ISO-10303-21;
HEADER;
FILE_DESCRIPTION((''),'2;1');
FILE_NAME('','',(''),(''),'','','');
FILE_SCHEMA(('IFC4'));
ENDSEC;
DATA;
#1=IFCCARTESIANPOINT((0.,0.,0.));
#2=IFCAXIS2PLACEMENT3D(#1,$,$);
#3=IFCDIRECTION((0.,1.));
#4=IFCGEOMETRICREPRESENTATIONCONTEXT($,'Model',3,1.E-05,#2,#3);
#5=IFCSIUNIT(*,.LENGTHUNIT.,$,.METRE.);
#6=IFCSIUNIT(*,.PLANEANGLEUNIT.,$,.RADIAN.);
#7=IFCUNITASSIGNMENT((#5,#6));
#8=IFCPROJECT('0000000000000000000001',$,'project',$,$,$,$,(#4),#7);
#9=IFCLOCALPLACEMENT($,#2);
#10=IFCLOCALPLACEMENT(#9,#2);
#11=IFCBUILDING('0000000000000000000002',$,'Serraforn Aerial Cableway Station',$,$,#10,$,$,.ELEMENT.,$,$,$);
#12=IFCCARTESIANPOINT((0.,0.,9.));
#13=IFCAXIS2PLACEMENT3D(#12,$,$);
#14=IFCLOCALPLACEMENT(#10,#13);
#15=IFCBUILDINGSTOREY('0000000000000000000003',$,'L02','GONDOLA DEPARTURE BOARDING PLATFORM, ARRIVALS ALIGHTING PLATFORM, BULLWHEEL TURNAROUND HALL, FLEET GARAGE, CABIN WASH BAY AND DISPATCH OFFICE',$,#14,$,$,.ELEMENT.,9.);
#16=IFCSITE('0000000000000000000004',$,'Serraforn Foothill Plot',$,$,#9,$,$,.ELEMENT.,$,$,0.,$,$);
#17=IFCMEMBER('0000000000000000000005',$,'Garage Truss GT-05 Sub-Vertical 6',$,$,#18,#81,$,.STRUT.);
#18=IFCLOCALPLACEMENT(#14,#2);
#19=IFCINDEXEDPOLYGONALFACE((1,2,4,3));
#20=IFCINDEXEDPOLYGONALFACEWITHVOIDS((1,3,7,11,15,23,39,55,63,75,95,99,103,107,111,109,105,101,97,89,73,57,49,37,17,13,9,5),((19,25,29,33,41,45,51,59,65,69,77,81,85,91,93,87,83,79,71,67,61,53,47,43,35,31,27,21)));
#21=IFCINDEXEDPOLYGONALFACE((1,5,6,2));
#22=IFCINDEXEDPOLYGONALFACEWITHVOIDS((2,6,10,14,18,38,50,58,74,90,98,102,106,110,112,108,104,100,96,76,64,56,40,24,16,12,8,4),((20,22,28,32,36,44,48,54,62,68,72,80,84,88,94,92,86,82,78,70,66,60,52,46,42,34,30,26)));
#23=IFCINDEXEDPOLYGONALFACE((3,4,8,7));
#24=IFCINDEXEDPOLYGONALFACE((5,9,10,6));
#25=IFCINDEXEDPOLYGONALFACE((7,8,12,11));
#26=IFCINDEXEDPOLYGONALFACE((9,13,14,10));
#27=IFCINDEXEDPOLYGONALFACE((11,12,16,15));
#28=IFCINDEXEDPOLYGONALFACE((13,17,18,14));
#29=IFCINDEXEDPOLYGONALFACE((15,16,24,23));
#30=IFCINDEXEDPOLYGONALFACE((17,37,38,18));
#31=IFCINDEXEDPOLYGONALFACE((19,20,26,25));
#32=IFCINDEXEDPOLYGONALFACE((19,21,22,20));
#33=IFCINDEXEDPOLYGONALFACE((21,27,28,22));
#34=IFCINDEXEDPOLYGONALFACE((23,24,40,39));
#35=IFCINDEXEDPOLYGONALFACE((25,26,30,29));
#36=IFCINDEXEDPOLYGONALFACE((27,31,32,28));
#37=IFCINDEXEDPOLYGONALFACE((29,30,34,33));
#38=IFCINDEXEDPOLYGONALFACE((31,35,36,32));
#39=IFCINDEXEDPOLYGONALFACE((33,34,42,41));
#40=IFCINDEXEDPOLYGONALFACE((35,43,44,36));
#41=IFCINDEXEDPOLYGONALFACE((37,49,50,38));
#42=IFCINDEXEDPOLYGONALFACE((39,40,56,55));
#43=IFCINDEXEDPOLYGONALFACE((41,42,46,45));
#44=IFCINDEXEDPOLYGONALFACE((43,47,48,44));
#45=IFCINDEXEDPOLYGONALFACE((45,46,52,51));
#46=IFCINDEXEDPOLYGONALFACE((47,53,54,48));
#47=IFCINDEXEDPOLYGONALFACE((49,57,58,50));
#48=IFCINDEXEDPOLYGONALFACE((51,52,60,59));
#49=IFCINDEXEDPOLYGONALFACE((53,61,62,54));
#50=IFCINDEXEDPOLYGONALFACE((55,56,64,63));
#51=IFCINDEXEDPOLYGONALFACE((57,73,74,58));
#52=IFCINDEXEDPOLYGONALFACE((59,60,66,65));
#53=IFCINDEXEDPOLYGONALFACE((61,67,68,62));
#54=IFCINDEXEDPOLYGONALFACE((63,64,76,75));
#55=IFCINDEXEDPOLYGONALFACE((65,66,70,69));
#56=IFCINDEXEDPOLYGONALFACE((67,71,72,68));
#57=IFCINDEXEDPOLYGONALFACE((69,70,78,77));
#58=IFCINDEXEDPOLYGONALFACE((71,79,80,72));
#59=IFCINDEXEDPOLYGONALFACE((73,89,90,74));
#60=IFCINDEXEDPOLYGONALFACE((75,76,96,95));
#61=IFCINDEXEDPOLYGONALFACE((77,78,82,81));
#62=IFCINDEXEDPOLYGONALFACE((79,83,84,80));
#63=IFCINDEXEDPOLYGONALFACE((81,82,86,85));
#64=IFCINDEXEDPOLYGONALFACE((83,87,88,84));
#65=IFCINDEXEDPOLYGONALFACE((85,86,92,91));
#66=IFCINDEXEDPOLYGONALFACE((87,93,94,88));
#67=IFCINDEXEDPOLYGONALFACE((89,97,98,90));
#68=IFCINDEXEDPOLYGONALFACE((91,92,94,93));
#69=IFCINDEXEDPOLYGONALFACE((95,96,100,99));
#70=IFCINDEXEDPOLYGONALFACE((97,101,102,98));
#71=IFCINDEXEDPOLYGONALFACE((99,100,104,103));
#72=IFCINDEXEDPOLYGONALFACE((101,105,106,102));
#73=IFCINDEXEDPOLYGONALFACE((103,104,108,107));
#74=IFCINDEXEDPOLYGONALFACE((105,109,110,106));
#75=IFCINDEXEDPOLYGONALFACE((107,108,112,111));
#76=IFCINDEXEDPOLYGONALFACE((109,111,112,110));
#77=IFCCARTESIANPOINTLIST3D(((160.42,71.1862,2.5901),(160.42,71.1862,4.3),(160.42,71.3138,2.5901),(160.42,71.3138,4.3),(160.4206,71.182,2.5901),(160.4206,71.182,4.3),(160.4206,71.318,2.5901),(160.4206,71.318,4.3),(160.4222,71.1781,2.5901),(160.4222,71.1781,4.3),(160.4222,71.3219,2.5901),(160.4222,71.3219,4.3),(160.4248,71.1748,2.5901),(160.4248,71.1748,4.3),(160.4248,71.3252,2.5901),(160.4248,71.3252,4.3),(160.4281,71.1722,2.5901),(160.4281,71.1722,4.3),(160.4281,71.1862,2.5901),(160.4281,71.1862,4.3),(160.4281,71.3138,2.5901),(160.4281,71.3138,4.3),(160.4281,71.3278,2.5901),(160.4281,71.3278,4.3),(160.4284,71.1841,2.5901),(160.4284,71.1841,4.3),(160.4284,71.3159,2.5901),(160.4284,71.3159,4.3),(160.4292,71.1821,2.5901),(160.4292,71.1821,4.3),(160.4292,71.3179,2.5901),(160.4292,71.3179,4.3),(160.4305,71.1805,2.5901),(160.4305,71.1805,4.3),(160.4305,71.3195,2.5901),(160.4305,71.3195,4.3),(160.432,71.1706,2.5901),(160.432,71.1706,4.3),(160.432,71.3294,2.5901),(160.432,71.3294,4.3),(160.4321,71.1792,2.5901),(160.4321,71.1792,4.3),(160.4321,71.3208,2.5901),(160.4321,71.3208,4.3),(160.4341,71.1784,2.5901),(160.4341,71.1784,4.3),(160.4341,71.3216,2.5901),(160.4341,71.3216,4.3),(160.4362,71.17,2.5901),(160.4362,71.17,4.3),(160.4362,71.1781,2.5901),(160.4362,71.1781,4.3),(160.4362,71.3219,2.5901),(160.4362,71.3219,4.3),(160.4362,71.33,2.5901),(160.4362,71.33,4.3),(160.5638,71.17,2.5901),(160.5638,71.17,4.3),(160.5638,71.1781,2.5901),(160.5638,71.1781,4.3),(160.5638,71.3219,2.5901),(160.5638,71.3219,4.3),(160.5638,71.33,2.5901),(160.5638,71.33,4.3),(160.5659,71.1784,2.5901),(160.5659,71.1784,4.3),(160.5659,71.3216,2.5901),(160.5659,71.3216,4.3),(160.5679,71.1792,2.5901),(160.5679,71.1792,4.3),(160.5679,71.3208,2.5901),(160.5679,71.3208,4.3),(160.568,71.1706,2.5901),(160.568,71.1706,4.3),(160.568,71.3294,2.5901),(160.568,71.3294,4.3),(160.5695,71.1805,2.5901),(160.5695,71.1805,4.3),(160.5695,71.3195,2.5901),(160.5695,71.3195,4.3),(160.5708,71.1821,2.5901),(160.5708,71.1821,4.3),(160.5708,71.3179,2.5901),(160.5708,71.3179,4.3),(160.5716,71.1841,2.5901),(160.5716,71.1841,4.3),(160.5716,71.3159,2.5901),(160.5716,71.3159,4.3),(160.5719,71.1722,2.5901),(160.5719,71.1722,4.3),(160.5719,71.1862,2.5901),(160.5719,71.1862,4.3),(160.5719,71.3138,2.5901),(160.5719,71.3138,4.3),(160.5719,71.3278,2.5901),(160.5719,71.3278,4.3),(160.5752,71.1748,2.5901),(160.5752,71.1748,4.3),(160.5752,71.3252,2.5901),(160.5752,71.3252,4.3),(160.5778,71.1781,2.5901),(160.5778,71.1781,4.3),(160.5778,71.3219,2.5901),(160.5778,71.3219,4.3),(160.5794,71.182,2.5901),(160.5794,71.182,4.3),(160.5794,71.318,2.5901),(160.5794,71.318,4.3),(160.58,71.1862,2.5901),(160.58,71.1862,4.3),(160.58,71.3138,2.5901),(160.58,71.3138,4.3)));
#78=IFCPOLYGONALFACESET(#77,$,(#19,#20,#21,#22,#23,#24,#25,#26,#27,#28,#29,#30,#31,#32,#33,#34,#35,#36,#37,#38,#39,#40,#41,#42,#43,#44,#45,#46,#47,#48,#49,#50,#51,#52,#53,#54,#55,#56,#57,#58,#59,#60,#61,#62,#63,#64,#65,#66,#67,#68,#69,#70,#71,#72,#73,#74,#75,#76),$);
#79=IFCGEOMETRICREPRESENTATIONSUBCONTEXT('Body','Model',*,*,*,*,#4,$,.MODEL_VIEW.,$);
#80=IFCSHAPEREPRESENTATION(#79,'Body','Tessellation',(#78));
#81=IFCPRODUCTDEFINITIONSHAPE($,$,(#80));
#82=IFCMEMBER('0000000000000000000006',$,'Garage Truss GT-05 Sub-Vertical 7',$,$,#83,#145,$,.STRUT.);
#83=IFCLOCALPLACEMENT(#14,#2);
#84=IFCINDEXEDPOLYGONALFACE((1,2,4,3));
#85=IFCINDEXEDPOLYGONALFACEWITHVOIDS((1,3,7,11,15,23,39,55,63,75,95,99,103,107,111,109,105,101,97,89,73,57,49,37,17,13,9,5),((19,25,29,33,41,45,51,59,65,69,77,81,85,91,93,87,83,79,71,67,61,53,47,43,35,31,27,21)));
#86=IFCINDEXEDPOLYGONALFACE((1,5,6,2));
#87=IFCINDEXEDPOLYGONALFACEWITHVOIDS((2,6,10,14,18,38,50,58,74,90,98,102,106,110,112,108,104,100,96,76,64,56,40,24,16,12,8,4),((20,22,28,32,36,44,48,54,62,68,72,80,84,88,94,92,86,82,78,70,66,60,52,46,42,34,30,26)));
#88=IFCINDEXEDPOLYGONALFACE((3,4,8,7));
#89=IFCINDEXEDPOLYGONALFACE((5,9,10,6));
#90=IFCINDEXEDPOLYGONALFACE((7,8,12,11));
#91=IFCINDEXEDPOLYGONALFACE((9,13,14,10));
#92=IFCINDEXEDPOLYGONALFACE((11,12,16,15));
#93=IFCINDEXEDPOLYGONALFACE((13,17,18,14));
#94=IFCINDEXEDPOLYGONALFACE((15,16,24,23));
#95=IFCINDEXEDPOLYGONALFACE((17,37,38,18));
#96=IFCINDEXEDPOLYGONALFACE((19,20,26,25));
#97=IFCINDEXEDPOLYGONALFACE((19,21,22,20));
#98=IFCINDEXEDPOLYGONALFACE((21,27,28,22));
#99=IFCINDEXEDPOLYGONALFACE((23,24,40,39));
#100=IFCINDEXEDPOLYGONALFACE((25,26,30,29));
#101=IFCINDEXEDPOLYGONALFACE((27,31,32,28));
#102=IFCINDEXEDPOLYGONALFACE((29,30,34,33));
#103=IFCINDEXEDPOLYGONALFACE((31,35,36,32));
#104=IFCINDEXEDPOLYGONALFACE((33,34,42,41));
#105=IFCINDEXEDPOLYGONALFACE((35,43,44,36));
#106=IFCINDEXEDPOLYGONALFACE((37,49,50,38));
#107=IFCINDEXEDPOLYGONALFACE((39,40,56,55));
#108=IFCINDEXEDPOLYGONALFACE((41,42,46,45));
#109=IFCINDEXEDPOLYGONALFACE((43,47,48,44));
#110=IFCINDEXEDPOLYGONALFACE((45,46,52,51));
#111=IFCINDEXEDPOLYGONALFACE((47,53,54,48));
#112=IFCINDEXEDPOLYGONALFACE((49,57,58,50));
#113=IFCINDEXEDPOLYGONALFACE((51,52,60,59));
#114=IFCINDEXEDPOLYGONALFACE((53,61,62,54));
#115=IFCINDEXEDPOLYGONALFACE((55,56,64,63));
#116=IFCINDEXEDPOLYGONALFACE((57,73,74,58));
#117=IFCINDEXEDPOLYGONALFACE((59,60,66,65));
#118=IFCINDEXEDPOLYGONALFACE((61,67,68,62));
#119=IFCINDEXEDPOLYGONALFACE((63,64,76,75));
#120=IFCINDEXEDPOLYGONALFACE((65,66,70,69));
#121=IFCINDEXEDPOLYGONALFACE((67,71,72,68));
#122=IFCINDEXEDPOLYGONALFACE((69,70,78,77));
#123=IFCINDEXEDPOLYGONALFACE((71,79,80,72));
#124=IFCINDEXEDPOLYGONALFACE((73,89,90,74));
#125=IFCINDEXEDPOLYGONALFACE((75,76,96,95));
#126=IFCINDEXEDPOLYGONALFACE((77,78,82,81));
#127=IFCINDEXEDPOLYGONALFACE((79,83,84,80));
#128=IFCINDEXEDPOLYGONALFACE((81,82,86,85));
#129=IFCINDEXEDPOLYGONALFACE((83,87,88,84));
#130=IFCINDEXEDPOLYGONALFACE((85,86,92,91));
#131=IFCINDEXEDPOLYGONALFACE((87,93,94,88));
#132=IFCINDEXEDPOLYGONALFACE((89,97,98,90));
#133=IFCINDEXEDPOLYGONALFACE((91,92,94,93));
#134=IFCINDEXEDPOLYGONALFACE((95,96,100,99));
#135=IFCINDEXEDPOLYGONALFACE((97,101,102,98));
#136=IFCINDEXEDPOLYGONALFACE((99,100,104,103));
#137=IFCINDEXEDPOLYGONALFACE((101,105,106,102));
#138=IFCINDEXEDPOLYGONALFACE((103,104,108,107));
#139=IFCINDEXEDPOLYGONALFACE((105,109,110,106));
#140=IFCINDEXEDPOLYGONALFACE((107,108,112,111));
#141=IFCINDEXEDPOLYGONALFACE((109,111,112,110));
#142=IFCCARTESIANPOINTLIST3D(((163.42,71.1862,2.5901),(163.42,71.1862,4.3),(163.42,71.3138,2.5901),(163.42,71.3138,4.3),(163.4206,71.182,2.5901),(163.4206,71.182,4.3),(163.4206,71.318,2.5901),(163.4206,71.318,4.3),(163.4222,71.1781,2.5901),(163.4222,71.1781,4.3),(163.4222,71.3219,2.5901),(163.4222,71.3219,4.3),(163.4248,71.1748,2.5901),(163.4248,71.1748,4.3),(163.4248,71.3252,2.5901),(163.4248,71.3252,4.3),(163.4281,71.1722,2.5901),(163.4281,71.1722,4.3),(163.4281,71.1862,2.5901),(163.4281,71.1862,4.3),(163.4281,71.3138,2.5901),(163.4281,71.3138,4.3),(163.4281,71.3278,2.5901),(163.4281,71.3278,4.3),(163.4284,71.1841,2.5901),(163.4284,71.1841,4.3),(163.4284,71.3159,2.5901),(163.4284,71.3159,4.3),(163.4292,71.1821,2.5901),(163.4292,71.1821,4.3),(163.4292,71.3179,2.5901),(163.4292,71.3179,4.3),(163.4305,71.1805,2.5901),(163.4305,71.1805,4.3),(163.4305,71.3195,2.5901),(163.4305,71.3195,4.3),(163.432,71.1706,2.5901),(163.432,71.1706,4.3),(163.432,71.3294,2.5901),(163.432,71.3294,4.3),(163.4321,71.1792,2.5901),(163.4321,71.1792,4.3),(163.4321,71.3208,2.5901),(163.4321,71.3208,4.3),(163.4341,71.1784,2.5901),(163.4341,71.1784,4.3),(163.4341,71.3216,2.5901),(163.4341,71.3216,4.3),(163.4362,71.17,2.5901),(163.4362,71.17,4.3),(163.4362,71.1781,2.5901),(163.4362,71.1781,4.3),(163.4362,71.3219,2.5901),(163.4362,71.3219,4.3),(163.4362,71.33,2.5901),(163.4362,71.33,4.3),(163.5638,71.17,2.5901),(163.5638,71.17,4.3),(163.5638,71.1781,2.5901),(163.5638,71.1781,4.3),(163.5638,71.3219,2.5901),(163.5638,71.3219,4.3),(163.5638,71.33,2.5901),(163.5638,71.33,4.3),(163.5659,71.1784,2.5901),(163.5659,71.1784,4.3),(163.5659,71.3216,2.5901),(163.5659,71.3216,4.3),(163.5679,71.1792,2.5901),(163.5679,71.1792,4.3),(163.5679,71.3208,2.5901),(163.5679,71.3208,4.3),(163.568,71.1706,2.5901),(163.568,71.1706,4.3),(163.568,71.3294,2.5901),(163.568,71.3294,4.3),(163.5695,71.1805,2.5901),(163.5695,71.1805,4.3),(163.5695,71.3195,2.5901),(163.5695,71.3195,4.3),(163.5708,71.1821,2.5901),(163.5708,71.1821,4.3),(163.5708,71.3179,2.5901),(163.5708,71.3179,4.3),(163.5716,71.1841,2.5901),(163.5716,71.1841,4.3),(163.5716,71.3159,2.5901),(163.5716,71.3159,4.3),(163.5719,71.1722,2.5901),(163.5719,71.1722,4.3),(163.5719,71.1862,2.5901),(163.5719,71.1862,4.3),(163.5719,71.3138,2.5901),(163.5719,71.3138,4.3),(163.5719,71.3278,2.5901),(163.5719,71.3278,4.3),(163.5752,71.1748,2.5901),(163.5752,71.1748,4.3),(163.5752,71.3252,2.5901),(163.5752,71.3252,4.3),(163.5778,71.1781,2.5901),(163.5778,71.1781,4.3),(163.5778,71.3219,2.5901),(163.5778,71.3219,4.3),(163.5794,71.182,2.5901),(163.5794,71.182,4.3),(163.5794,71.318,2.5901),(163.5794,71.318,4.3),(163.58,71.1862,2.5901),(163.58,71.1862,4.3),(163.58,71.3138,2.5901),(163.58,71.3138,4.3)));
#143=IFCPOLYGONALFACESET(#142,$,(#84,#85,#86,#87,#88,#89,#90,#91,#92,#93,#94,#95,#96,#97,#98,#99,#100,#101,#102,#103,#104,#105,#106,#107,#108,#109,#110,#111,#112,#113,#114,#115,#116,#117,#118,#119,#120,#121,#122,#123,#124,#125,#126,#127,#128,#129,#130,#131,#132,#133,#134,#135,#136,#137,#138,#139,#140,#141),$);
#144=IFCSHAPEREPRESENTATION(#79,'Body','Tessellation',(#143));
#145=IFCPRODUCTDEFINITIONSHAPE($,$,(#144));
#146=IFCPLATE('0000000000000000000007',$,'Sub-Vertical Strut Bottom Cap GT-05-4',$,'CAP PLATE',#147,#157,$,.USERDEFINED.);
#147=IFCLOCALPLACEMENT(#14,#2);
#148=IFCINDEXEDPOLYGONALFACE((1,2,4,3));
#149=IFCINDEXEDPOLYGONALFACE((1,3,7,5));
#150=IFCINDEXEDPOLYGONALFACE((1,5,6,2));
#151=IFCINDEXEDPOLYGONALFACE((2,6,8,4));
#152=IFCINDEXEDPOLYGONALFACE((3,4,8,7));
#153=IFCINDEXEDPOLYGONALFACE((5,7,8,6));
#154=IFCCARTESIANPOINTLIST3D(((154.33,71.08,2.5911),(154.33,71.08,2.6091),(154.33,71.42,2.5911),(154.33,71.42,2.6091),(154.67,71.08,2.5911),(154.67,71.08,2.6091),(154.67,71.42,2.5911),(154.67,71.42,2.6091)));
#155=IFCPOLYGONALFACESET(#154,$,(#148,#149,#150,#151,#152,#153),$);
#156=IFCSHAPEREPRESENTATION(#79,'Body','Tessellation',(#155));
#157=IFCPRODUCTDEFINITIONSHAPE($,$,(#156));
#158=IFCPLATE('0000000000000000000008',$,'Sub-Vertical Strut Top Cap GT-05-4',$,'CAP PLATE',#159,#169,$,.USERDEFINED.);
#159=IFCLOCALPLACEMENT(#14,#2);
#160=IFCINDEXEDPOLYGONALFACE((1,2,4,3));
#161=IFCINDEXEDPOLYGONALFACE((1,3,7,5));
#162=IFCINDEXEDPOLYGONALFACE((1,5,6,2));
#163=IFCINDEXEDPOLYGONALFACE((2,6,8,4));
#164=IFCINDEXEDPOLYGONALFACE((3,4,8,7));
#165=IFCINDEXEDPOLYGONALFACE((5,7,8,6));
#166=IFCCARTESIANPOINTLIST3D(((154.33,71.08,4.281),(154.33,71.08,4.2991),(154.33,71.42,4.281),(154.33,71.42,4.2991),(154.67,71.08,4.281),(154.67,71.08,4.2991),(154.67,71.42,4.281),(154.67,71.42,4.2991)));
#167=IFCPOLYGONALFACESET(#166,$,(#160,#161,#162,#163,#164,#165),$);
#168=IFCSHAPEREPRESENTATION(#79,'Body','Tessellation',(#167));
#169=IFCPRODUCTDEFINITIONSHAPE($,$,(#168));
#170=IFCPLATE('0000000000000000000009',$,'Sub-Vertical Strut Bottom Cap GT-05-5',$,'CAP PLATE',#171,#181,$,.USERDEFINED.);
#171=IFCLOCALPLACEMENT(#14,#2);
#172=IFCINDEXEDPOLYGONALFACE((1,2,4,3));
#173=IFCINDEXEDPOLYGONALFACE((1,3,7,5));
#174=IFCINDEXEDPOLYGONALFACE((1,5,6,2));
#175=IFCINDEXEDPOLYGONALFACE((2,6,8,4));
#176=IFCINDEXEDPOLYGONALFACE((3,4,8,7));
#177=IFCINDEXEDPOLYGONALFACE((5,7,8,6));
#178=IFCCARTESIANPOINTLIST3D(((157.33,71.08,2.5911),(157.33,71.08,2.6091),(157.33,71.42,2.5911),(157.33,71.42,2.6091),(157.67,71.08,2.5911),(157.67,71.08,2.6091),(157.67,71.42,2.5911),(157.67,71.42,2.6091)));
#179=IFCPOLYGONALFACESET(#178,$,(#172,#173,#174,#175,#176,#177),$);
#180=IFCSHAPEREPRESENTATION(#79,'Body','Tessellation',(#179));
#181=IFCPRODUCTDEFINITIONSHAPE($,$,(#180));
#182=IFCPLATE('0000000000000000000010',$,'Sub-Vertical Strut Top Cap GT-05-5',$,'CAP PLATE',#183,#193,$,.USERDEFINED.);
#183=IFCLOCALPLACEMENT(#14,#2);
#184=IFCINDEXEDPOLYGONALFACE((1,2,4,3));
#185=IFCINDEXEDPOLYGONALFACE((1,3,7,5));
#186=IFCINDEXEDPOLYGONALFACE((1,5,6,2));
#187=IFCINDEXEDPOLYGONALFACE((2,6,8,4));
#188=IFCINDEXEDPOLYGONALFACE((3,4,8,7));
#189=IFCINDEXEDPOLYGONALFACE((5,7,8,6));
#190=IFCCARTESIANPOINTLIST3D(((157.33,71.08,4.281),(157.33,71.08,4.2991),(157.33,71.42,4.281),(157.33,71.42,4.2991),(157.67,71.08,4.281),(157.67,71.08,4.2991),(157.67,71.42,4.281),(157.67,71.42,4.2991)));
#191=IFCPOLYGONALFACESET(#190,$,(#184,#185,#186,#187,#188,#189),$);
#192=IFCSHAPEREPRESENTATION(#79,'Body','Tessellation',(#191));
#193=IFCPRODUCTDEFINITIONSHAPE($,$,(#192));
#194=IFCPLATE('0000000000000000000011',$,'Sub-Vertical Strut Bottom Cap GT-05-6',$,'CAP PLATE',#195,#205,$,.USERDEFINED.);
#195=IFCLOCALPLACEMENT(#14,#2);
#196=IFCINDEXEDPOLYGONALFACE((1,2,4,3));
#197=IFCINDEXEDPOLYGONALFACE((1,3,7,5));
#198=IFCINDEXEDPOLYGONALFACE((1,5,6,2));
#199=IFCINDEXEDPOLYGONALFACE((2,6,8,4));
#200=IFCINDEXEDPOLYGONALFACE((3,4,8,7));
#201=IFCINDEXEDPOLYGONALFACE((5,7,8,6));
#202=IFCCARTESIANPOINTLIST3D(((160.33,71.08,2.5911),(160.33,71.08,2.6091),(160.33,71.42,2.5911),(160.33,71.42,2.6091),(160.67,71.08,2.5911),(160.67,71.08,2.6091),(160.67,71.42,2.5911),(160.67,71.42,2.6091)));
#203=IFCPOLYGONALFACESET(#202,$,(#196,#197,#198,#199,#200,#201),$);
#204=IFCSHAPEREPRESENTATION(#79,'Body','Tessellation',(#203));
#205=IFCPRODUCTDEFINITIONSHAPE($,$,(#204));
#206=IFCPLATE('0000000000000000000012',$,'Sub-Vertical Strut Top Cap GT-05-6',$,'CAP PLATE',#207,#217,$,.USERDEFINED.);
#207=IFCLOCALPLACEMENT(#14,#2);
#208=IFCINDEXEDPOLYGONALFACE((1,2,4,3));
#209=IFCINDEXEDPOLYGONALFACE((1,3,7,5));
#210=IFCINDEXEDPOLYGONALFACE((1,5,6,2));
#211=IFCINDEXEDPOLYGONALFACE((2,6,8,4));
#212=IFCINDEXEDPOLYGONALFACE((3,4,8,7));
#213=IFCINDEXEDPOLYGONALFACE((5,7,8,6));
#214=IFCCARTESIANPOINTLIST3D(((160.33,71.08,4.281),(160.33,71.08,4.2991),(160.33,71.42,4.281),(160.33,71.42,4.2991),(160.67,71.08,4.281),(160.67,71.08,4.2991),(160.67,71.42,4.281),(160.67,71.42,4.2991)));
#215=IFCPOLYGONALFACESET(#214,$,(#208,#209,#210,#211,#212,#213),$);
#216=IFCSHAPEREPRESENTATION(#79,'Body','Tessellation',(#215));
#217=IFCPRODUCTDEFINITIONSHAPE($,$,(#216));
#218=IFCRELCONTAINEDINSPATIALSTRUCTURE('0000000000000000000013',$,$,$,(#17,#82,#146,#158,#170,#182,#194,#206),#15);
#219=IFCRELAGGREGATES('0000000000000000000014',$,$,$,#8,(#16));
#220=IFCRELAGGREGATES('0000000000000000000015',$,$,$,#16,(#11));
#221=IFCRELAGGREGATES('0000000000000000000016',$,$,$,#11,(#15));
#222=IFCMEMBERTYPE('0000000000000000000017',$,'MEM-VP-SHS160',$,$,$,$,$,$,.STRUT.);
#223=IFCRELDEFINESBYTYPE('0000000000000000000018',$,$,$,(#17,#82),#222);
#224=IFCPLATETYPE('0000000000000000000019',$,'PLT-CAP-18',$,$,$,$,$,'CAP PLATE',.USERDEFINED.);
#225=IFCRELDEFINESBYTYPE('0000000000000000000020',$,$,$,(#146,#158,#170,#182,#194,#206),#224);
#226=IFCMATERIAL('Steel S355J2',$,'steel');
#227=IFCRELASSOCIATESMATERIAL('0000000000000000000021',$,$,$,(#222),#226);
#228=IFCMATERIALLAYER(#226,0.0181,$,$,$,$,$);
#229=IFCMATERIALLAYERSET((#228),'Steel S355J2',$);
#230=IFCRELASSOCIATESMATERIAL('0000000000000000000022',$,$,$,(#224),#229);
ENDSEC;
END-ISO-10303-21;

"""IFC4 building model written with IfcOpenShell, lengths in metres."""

from ifc_helpers import new_model, si_unit, direction, frame, origin, origin_2d, place, context, subcontext, project, spatial, rectangle, hollow_rectangle, extrude, material, layer, layer_set, material_profile, profile_set, type_object, element, save


model = new_model("IFC4")

# Units and contexts
model_context = context("Model", 3, precision=1e-05, world=origin(), true_north=direction((0.0, 1.0)))
body_context = subcontext(model_context, "Body", "Model", "MODEL_VIEW")
ifc_project = project(units=[si_unit("LENGTHUNIT", "METRE"), si_unit("PLANEANGLEUNIT", "RADIAN")], contexts=[model_context])

# Site, building, storey
site_placement = place(None, origin())
site = spatial("IfcSite", under=ifc_project, at=site_placement, Name="Serraforn Foothill Plot", CompositionType="ELEMENT", RefElevation=0.0)
building_placement = place(site_placement, origin())
building = spatial("IfcBuilding", under=site, at=building_placement, Name="Serraforn Aerial Cableway Station", CompositionType="ELEMENT")
storey_placement = place(building_placement, frame((0.0, 0.0, 9.0)))
storey = spatial("IfcBuildingStorey", under=building, at=storey_placement, Name="L02", Description="GONDOLA DEPARTURE BOARDING PLATFORM, ARRIVALS ALIGHTING PLATFORM, BULLWHEEL TURNAROUND HALL, FLEET GARAGE, CABIN WASH BAY AND DISPATCH OFFICE", CompositionType="ELEMENT", Elevation=9.0)

# Members
ifc_material_1 = material(Name="Steel S355J2", Category="steel")
ifc_material_profile_1 = material_profile(ifc_material_1, hollow_rectangle(XDim=0.1599, YDim=0.1599, WallThickness=0.0081, InnerFilletRadius=0.0081, OuterFilletRadius=0.0161, at=origin_2d()), Name="SHS 160x160x8.0")
ifc_profile_set_1 = profile_set([ifc_material_profile_1], Name="Steel S355J2")
member_type_1 = type_object("IfcMemberType", Name="MEM-VP-SHS160", PredefinedType="STRUT", material=ifc_profile_set_1)
for number, where, z_axis, x_axis, name in (
    (1, (160.5, 71.25, 2.5901), (0.0, 0.0, 1.0), (1.0, 0.0, 0.0), "Garage Truss GT-05 Sub-Vertical 6"),
    (2, (163.5, 71.25, 2.5901), (0.0, 0.0, 1.0), (1.0, 0.0, 0.0), "Garage Truss GT-05 Sub-Vertical 7"),
):
    element("IfcMember", number, at=place(storey_placement, frame(where, z_axis=z_axis, x_axis=x_axis)), inside=storey, type_object=member_type_1, Name=name, PredefinedType="STRUT", context=body_context, shape_type="SweptSolid", body=[
        extrude(hollow_rectangle(XDim=0.1599, YDim=0.1599, WallThickness=0.0081, InnerFilletRadius=0.0081, OuterFilletRadius=0.0161, at=origin_2d()), origin(), (0.0, 0.0, 1.0), 1.71),
    ])

# Plates
ifc_layer_1 = layer(ifc_material_1, 0.0181)
ifc_layer_set_1 = layer_set([ifc_layer_1], Name="Steel S355J2")
plate_type_1 = type_object("IfcPlateType", Name="PLT-CAP-18", ElementType="CAP PLATE", PredefinedType="USERDEFINED", material=ifc_layer_set_1)
for number, where, z_axis, x_axis, name in (
    (3, (154.5, 71.25, 2.5911), (0.0, 0.0, 1.0), (1.0, 0.0, 0.0), "Sub-Vertical Strut Bottom Cap GT-05-4"),
    (4, (154.5, 71.25, 4.281), (0.0, 0.0, 1.0), (1.0, 0.0, 0.0), "Sub-Vertical Strut Top Cap GT-05-4"),
    (5, (157.5, 71.25, 2.5911), (0.0, 0.0, 1.0), (1.0, 0.0, 0.0), "Sub-Vertical Strut Bottom Cap GT-05-5"),
    (6, (157.5, 71.25, 4.281), (0.0, 0.0, 1.0), (1.0, 0.0, 0.0), "Sub-Vertical Strut Top Cap GT-05-5"),
    (7, (160.5, 71.25, 2.5911), (0.0, 0.0, 1.0), (1.0, 0.0, 0.0), "Sub-Vertical Strut Bottom Cap GT-05-6"),
    (8, (160.5, 71.25, 4.281), (0.0, 0.0, 1.0), (1.0, 0.0, 0.0), "Sub-Vertical Strut Top Cap GT-05-6"),
):
    element("IfcPlate", number, at=place(storey_placement, frame(where, z_axis=z_axis, x_axis=x_axis)), inside=storey, type_object=plate_type_1, Name=name, ObjectType="CAP PLATE", PredefinedType="USERDEFINED", context=body_context, shape_type="SweptSolid", body=[
        extrude(rectangle(XDim=0.3401, YDim=0.3401, at=origin_2d()), origin(), (0.0, 0.0, 1.0), 0.0181),
    ])

save(model, "model.ifc")
